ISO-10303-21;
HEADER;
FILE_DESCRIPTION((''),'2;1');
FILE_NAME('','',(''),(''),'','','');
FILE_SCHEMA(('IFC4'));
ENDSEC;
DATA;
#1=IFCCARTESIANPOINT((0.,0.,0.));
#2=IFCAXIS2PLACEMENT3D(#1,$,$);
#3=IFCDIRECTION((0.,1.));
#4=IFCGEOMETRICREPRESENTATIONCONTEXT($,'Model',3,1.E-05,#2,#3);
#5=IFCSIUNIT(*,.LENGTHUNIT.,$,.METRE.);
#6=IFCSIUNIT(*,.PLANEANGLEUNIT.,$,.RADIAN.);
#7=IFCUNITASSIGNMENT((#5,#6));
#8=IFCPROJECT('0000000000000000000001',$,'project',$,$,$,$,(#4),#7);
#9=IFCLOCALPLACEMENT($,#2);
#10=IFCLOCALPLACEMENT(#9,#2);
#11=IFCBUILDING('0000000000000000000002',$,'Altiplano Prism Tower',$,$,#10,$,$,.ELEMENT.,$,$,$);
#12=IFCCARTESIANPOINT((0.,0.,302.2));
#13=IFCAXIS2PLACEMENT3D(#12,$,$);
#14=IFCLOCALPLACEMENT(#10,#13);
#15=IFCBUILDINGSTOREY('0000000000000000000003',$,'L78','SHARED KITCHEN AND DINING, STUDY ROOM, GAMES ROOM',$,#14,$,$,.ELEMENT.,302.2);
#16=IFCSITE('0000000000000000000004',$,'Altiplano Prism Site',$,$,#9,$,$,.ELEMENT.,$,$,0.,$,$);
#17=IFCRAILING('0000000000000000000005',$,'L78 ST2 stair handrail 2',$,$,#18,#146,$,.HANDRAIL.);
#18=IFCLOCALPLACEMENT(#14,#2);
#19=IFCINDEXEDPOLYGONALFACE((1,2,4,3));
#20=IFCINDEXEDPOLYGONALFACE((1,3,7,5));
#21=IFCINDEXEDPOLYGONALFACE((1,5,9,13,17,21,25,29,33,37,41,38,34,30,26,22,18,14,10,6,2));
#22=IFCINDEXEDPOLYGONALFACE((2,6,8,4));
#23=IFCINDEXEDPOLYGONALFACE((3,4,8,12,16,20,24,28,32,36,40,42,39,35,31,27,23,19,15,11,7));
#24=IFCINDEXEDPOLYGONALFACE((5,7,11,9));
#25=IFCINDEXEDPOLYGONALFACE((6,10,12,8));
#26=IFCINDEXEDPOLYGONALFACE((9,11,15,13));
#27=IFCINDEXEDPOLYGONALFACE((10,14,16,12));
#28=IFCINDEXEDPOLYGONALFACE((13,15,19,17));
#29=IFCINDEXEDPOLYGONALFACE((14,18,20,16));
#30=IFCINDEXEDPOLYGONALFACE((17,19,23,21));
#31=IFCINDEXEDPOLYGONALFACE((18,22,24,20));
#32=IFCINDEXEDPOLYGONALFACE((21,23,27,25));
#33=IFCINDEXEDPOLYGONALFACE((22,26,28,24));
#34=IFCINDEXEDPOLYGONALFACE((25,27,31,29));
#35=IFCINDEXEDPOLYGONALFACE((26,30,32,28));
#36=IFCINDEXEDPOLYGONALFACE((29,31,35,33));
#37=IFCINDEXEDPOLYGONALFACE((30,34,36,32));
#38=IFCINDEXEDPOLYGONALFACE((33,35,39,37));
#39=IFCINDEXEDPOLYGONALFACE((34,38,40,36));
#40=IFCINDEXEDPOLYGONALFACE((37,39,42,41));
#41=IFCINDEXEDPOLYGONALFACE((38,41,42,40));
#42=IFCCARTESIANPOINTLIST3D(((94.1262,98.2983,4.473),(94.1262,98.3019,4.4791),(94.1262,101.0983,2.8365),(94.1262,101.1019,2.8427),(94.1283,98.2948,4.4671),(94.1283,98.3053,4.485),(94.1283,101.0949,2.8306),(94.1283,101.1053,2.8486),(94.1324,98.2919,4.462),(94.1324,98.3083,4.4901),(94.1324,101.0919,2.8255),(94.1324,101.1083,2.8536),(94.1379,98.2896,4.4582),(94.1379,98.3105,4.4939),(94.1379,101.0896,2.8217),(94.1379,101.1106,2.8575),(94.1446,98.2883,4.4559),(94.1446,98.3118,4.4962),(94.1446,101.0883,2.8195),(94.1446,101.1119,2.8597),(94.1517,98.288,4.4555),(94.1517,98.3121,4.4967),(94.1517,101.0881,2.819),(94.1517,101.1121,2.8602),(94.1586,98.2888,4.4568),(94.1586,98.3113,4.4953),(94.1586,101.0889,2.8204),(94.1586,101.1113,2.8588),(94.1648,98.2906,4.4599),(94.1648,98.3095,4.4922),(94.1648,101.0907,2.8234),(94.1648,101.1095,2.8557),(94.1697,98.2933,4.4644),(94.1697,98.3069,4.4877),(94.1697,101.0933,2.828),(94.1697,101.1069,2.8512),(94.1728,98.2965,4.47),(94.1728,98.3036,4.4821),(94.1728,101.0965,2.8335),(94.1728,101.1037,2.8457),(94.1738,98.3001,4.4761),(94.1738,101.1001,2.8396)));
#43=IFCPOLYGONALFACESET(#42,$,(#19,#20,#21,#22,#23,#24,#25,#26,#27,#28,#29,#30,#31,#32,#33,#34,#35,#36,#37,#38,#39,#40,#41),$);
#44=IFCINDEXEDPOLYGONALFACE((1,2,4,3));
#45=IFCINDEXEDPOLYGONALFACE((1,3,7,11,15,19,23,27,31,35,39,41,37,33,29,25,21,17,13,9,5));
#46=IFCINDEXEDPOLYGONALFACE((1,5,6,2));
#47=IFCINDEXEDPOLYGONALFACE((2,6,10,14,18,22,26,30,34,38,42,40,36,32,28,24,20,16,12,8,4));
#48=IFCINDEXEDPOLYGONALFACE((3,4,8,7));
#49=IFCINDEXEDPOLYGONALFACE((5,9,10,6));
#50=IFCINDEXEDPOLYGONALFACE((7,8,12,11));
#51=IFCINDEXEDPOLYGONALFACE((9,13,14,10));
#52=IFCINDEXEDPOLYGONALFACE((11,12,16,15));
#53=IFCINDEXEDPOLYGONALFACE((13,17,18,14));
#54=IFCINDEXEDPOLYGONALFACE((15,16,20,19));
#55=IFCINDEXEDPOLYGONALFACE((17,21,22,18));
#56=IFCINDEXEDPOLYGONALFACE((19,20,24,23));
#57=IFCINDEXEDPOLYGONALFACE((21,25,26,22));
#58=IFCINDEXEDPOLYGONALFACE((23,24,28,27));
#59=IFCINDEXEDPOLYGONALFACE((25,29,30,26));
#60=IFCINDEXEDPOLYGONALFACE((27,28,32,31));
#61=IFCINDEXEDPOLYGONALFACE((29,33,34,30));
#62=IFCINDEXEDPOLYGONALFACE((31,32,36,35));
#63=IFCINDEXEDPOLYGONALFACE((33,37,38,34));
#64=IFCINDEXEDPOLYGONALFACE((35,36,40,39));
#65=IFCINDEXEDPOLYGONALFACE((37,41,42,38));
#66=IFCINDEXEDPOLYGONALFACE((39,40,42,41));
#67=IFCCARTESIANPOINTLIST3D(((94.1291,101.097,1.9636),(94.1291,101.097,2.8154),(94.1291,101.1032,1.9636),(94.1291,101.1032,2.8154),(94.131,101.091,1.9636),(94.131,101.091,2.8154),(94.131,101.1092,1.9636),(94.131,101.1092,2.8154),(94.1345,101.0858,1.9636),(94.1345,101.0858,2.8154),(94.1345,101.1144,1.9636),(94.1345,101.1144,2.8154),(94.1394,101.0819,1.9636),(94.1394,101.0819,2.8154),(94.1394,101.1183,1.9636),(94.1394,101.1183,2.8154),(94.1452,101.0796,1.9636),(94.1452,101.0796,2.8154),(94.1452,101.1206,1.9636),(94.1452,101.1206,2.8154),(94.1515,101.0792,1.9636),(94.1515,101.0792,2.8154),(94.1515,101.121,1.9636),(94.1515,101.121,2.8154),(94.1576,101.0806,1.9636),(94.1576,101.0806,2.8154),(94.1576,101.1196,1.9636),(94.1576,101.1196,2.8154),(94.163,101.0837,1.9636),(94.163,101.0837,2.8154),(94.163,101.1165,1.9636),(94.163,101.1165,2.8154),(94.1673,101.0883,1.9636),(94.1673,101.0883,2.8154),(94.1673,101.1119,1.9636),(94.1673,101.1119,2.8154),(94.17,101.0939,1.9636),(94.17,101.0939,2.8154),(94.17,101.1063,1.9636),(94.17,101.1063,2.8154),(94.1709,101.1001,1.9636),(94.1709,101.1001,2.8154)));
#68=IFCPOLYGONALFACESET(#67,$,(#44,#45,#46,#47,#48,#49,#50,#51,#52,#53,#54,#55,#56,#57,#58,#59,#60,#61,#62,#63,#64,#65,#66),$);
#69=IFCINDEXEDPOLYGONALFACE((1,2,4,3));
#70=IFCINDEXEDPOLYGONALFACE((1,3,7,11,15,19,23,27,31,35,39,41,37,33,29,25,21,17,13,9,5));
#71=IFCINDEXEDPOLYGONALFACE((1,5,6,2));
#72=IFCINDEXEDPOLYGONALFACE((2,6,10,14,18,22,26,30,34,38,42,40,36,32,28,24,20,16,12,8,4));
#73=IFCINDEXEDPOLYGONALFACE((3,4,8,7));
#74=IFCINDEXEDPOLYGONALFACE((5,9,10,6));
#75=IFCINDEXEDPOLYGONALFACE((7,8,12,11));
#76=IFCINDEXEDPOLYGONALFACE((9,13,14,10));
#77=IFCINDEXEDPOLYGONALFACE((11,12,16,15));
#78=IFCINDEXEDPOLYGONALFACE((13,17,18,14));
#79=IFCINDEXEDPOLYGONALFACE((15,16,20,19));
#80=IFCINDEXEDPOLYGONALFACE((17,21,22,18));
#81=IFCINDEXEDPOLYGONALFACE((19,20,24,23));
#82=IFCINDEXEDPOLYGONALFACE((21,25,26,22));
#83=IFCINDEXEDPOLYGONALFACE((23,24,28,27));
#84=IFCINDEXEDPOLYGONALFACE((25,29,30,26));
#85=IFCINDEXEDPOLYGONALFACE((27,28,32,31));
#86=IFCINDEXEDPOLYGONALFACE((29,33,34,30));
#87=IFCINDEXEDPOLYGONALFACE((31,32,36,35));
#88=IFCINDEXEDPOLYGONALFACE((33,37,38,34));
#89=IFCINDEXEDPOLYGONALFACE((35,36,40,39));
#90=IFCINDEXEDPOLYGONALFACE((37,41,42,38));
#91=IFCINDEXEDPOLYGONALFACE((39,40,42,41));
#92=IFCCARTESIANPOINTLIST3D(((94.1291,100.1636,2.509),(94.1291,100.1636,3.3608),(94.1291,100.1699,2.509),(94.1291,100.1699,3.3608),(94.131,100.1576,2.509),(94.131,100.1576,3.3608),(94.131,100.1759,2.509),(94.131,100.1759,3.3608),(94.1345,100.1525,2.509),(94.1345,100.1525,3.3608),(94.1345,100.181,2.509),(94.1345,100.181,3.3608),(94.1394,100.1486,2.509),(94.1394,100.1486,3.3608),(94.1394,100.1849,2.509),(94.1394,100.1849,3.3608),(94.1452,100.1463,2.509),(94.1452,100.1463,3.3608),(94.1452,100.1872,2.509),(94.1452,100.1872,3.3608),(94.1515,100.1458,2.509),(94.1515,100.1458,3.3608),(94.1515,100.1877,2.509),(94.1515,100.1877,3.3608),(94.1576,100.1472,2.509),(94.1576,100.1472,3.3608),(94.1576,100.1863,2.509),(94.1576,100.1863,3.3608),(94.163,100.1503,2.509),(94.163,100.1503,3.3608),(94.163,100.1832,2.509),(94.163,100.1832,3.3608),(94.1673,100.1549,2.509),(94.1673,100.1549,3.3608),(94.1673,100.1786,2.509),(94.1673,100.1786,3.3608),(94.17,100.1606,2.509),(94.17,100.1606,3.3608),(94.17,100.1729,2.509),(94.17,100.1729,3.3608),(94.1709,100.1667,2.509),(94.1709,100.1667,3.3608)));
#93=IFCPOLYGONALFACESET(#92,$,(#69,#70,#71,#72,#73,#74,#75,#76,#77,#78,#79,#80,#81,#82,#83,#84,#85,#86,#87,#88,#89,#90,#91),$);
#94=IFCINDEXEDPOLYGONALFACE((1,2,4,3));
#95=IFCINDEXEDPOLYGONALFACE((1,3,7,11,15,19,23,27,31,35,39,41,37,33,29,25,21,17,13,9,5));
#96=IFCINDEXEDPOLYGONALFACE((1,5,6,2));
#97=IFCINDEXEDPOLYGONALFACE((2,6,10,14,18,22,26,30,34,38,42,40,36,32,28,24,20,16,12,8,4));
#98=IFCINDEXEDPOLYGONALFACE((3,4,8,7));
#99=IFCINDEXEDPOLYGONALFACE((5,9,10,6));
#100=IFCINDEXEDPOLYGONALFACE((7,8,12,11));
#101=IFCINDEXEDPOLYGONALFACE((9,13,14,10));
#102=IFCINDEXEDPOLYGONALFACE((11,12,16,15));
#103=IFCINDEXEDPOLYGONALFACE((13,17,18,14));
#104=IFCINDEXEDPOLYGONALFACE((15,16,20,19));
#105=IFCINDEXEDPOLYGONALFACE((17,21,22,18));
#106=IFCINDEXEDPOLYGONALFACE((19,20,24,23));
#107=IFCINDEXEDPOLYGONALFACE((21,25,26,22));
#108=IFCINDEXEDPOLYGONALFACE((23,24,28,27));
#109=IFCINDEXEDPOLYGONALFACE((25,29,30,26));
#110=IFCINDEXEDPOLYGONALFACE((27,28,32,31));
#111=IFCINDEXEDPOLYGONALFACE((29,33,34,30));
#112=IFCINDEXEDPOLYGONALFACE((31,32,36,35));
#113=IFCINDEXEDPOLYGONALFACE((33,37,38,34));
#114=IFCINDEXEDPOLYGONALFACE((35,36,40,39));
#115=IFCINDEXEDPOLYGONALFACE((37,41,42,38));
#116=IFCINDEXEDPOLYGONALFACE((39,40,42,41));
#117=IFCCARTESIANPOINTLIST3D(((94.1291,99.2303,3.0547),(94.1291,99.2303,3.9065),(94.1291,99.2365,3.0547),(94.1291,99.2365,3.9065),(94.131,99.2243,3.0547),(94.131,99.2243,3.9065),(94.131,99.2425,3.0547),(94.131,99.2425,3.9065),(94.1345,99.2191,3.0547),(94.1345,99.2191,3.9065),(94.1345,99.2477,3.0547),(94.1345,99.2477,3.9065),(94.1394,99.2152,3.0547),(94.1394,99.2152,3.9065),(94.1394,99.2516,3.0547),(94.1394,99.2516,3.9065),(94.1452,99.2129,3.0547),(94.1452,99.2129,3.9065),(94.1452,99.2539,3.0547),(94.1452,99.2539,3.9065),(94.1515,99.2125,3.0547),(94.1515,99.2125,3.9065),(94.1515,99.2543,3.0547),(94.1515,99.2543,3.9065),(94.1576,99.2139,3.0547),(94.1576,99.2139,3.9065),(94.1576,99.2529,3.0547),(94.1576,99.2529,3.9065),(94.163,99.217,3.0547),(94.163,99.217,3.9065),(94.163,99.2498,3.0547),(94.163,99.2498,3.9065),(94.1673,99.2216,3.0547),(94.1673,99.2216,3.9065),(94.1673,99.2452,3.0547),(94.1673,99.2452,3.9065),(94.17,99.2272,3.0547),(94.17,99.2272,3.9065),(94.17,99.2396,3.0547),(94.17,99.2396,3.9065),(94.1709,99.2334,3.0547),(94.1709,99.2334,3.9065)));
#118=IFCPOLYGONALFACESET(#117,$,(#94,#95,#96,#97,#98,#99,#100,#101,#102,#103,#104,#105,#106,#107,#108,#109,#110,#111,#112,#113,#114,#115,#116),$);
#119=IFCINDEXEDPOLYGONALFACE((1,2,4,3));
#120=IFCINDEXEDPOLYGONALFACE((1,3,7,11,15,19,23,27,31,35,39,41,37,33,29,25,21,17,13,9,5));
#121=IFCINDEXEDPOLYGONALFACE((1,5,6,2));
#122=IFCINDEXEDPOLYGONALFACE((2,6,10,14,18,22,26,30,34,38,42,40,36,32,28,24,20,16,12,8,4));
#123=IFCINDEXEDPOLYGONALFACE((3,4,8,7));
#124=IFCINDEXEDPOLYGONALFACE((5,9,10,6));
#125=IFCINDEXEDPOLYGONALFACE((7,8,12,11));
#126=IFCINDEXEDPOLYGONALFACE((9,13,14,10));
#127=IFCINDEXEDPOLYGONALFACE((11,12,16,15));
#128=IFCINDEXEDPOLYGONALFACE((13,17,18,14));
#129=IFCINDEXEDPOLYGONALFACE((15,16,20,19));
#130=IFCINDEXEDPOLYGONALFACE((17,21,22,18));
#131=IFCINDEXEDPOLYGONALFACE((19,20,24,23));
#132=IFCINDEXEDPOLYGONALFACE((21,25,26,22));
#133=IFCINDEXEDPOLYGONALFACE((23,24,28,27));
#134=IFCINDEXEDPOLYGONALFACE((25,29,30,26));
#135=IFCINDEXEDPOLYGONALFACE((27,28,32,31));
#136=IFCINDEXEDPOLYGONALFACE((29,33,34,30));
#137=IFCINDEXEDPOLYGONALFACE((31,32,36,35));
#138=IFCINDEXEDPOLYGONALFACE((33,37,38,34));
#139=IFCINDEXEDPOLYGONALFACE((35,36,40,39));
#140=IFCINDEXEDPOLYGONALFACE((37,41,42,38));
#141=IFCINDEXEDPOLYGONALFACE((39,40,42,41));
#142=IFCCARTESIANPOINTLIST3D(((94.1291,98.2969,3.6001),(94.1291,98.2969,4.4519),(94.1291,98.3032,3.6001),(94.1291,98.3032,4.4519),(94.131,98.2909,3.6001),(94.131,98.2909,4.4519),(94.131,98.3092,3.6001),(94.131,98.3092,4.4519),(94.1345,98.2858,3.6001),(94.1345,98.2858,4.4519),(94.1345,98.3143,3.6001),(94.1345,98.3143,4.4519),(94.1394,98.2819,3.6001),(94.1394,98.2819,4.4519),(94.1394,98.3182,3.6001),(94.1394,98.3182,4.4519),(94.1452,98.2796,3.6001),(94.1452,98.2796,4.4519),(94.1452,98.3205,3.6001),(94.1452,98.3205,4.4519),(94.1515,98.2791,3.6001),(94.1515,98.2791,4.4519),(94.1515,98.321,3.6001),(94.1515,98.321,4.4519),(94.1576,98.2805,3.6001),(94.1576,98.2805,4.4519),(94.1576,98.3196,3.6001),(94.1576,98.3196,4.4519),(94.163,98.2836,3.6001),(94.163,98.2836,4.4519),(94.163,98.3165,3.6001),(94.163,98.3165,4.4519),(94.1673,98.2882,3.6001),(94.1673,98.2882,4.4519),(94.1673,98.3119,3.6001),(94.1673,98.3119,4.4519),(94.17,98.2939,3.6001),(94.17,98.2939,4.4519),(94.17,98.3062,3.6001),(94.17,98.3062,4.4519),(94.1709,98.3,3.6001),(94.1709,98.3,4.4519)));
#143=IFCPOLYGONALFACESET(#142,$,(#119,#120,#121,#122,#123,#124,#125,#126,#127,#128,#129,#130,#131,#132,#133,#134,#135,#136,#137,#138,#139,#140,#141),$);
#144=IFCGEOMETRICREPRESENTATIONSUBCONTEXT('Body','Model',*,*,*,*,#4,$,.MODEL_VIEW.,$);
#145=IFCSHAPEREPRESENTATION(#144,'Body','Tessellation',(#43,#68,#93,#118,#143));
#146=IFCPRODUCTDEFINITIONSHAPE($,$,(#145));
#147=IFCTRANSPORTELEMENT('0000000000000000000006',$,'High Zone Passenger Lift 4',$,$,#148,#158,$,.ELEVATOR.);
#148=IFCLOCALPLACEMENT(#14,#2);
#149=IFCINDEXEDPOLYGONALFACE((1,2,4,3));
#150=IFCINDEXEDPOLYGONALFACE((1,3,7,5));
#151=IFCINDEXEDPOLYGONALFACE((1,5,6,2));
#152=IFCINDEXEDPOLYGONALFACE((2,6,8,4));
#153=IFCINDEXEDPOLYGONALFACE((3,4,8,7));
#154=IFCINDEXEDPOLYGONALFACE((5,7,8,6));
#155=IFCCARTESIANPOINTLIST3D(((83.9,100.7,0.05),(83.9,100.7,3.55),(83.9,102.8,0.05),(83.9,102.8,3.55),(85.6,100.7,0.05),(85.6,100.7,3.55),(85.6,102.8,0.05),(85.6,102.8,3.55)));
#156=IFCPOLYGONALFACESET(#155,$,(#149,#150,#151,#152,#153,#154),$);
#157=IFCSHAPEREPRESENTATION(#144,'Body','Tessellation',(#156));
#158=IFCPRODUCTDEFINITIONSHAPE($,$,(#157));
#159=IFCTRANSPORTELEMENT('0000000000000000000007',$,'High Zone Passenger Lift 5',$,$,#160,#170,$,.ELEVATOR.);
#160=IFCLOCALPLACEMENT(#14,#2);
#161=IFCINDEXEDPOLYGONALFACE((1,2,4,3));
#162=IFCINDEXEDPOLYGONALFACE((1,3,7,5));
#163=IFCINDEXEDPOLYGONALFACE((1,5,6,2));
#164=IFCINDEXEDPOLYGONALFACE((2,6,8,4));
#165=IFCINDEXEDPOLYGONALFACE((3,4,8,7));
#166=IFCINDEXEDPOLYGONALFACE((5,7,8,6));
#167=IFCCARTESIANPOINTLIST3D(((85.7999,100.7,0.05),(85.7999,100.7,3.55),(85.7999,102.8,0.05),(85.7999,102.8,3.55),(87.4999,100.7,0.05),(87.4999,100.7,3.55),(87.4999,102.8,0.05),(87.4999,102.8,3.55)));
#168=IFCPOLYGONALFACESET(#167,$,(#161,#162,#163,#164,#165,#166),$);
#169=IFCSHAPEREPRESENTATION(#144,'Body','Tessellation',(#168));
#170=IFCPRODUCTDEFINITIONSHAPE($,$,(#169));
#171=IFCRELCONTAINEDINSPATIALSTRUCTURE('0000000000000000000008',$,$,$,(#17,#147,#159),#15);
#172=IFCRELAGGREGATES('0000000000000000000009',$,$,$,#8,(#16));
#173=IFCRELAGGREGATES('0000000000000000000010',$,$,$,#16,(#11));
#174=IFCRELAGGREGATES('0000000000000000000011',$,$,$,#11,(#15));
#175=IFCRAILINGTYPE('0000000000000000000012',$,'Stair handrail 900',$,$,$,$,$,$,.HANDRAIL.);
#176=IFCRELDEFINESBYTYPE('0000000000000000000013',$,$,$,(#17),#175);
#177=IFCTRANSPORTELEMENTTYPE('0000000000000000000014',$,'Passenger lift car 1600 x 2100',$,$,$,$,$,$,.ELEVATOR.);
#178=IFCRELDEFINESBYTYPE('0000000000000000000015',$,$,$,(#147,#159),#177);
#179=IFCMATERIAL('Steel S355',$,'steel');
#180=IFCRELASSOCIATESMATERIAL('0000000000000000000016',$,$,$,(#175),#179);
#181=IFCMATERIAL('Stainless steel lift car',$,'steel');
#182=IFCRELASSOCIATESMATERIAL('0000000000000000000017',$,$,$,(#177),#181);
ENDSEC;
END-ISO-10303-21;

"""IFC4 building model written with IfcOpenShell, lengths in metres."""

from ifc_helpers import new_model, si_unit, direction, frame, origin, origin_2d, place, context, subcontext, project, spatial, rectangle, circle, extrude, material, type_object, element, save


model = new_model("IFC4")

# Units and contexts
model_context = context("Model", 3, precision=1e-05, world=origin(), true_north=direction((0.0, 1.0)))
body_context = subcontext(model_context, "Body", "Model", "MODEL_VIEW")
ifc_project = project(units=[si_unit("LENGTHUNIT", "METRE"), si_unit("PLANEANGLEUNIT", "RADIAN")], contexts=[model_context])

# Site, building, storey
site_placement = place(None, origin())
site = spatial("IfcSite", under=ifc_project, at=site_placement, Name="Altiplano Prism Site", CompositionType="ELEMENT", RefElevation=0.0)
building_placement = place(site_placement, origin())
building = spatial("IfcBuilding", under=site, at=building_placement, Name="Altiplano Prism Tower", CompositionType="ELEMENT")
storey_placement = place(building_placement, frame((0.0, 0.0, 302.2)))
storey = spatial("IfcBuildingStorey", under=building, at=storey_placement, Name="L78", Description="SHARED KITCHEN AND DINING, STUDY ROOM, GAMES ROOM", CompositionType="ELEMENT", Elevation=302.2)

# Railing
ifc_material_1 = material(Name="Steel S355", Category="steel")
railing_type = type_object("IfcRailingType", Name="Stair handrail 900", PredefinedType="HANDRAIL", material=ifc_material_1)
railing_placement = place(storey_placement, frame((94.1499, 101.1001, 1.9636)))
element("IfcRailing", 1, at=railing_placement, inside=storey, type_object=railing_type, Name="L78 ST2 stair handrail 2", PredefinedType="HANDRAIL", context=body_context, shape_type="SweptSolid", body=[
    extrude(circle(Radius=0.0239, at=origin_2d()), frame((0.0, 0.0, 0.876), z_axis=(0.0, -0.863361, 0.504587), x_axis=(1.0, 0.0, 0.0)), (0.0, 0.0, 1.0), 3.2432),
    extrude(circle(Radius=0.021, at=origin_2d()), origin(), (0.0, 0.0, 1.0), 0.8518),
    extrude(circle(Radius=0.021, at=origin_2d()), frame((0.0, -0.9333, 0.5454)), (0.0, 0.0, 1.0), 0.8518),
    extrude(circle(Radius=0.021, at=origin_2d()), frame((0.0, -1.8667, 1.0911)), (0.0, 0.0, 1.0), 0.8518),
    extrude(circle(Radius=0.021, at=origin_2d()), frame((0.0, -2.8, 1.6365)), (0.0, 0.0, 1.0), 0.8518),
])

# Transport elements
ifc_material_2 = material(Name="Stainless steel lift car", Category="steel")
transport_element_type = type_object("IfcTransportElementType", Name="Passenger lift car 1600 x 2100", PredefinedType="ELEVATOR", material=ifc_material_2)
for number, where, z_axis, x_axis, name in (
    (2, (84.75, 101.75, 0.05), (0.0, 0.0, 1.0), (1.0, 0.0, 0.0), "High Zone Passenger Lift 4"),
    (3, (86.6499, 101.75, 0.05), (0.0, 0.0, 1.0), (1.0, 0.0, 0.0), "High Zone Passenger Lift 5"),
):
    element("IfcTransportElement", number, at=place(storey_placement, frame(where, z_axis=z_axis, x_axis=x_axis)), inside=storey, type_object=transport_element_type, Name=name, PredefinedType="ELEVATOR", context=body_context, shape_type="SweptSolid", body=[
        extrude(rectangle(XDim=1.7, YDim=2.1001, at=origin_2d()), origin(), (0.0, 0.0, 1.0), 3.5),
    ])

save(model, "model.ifc")
